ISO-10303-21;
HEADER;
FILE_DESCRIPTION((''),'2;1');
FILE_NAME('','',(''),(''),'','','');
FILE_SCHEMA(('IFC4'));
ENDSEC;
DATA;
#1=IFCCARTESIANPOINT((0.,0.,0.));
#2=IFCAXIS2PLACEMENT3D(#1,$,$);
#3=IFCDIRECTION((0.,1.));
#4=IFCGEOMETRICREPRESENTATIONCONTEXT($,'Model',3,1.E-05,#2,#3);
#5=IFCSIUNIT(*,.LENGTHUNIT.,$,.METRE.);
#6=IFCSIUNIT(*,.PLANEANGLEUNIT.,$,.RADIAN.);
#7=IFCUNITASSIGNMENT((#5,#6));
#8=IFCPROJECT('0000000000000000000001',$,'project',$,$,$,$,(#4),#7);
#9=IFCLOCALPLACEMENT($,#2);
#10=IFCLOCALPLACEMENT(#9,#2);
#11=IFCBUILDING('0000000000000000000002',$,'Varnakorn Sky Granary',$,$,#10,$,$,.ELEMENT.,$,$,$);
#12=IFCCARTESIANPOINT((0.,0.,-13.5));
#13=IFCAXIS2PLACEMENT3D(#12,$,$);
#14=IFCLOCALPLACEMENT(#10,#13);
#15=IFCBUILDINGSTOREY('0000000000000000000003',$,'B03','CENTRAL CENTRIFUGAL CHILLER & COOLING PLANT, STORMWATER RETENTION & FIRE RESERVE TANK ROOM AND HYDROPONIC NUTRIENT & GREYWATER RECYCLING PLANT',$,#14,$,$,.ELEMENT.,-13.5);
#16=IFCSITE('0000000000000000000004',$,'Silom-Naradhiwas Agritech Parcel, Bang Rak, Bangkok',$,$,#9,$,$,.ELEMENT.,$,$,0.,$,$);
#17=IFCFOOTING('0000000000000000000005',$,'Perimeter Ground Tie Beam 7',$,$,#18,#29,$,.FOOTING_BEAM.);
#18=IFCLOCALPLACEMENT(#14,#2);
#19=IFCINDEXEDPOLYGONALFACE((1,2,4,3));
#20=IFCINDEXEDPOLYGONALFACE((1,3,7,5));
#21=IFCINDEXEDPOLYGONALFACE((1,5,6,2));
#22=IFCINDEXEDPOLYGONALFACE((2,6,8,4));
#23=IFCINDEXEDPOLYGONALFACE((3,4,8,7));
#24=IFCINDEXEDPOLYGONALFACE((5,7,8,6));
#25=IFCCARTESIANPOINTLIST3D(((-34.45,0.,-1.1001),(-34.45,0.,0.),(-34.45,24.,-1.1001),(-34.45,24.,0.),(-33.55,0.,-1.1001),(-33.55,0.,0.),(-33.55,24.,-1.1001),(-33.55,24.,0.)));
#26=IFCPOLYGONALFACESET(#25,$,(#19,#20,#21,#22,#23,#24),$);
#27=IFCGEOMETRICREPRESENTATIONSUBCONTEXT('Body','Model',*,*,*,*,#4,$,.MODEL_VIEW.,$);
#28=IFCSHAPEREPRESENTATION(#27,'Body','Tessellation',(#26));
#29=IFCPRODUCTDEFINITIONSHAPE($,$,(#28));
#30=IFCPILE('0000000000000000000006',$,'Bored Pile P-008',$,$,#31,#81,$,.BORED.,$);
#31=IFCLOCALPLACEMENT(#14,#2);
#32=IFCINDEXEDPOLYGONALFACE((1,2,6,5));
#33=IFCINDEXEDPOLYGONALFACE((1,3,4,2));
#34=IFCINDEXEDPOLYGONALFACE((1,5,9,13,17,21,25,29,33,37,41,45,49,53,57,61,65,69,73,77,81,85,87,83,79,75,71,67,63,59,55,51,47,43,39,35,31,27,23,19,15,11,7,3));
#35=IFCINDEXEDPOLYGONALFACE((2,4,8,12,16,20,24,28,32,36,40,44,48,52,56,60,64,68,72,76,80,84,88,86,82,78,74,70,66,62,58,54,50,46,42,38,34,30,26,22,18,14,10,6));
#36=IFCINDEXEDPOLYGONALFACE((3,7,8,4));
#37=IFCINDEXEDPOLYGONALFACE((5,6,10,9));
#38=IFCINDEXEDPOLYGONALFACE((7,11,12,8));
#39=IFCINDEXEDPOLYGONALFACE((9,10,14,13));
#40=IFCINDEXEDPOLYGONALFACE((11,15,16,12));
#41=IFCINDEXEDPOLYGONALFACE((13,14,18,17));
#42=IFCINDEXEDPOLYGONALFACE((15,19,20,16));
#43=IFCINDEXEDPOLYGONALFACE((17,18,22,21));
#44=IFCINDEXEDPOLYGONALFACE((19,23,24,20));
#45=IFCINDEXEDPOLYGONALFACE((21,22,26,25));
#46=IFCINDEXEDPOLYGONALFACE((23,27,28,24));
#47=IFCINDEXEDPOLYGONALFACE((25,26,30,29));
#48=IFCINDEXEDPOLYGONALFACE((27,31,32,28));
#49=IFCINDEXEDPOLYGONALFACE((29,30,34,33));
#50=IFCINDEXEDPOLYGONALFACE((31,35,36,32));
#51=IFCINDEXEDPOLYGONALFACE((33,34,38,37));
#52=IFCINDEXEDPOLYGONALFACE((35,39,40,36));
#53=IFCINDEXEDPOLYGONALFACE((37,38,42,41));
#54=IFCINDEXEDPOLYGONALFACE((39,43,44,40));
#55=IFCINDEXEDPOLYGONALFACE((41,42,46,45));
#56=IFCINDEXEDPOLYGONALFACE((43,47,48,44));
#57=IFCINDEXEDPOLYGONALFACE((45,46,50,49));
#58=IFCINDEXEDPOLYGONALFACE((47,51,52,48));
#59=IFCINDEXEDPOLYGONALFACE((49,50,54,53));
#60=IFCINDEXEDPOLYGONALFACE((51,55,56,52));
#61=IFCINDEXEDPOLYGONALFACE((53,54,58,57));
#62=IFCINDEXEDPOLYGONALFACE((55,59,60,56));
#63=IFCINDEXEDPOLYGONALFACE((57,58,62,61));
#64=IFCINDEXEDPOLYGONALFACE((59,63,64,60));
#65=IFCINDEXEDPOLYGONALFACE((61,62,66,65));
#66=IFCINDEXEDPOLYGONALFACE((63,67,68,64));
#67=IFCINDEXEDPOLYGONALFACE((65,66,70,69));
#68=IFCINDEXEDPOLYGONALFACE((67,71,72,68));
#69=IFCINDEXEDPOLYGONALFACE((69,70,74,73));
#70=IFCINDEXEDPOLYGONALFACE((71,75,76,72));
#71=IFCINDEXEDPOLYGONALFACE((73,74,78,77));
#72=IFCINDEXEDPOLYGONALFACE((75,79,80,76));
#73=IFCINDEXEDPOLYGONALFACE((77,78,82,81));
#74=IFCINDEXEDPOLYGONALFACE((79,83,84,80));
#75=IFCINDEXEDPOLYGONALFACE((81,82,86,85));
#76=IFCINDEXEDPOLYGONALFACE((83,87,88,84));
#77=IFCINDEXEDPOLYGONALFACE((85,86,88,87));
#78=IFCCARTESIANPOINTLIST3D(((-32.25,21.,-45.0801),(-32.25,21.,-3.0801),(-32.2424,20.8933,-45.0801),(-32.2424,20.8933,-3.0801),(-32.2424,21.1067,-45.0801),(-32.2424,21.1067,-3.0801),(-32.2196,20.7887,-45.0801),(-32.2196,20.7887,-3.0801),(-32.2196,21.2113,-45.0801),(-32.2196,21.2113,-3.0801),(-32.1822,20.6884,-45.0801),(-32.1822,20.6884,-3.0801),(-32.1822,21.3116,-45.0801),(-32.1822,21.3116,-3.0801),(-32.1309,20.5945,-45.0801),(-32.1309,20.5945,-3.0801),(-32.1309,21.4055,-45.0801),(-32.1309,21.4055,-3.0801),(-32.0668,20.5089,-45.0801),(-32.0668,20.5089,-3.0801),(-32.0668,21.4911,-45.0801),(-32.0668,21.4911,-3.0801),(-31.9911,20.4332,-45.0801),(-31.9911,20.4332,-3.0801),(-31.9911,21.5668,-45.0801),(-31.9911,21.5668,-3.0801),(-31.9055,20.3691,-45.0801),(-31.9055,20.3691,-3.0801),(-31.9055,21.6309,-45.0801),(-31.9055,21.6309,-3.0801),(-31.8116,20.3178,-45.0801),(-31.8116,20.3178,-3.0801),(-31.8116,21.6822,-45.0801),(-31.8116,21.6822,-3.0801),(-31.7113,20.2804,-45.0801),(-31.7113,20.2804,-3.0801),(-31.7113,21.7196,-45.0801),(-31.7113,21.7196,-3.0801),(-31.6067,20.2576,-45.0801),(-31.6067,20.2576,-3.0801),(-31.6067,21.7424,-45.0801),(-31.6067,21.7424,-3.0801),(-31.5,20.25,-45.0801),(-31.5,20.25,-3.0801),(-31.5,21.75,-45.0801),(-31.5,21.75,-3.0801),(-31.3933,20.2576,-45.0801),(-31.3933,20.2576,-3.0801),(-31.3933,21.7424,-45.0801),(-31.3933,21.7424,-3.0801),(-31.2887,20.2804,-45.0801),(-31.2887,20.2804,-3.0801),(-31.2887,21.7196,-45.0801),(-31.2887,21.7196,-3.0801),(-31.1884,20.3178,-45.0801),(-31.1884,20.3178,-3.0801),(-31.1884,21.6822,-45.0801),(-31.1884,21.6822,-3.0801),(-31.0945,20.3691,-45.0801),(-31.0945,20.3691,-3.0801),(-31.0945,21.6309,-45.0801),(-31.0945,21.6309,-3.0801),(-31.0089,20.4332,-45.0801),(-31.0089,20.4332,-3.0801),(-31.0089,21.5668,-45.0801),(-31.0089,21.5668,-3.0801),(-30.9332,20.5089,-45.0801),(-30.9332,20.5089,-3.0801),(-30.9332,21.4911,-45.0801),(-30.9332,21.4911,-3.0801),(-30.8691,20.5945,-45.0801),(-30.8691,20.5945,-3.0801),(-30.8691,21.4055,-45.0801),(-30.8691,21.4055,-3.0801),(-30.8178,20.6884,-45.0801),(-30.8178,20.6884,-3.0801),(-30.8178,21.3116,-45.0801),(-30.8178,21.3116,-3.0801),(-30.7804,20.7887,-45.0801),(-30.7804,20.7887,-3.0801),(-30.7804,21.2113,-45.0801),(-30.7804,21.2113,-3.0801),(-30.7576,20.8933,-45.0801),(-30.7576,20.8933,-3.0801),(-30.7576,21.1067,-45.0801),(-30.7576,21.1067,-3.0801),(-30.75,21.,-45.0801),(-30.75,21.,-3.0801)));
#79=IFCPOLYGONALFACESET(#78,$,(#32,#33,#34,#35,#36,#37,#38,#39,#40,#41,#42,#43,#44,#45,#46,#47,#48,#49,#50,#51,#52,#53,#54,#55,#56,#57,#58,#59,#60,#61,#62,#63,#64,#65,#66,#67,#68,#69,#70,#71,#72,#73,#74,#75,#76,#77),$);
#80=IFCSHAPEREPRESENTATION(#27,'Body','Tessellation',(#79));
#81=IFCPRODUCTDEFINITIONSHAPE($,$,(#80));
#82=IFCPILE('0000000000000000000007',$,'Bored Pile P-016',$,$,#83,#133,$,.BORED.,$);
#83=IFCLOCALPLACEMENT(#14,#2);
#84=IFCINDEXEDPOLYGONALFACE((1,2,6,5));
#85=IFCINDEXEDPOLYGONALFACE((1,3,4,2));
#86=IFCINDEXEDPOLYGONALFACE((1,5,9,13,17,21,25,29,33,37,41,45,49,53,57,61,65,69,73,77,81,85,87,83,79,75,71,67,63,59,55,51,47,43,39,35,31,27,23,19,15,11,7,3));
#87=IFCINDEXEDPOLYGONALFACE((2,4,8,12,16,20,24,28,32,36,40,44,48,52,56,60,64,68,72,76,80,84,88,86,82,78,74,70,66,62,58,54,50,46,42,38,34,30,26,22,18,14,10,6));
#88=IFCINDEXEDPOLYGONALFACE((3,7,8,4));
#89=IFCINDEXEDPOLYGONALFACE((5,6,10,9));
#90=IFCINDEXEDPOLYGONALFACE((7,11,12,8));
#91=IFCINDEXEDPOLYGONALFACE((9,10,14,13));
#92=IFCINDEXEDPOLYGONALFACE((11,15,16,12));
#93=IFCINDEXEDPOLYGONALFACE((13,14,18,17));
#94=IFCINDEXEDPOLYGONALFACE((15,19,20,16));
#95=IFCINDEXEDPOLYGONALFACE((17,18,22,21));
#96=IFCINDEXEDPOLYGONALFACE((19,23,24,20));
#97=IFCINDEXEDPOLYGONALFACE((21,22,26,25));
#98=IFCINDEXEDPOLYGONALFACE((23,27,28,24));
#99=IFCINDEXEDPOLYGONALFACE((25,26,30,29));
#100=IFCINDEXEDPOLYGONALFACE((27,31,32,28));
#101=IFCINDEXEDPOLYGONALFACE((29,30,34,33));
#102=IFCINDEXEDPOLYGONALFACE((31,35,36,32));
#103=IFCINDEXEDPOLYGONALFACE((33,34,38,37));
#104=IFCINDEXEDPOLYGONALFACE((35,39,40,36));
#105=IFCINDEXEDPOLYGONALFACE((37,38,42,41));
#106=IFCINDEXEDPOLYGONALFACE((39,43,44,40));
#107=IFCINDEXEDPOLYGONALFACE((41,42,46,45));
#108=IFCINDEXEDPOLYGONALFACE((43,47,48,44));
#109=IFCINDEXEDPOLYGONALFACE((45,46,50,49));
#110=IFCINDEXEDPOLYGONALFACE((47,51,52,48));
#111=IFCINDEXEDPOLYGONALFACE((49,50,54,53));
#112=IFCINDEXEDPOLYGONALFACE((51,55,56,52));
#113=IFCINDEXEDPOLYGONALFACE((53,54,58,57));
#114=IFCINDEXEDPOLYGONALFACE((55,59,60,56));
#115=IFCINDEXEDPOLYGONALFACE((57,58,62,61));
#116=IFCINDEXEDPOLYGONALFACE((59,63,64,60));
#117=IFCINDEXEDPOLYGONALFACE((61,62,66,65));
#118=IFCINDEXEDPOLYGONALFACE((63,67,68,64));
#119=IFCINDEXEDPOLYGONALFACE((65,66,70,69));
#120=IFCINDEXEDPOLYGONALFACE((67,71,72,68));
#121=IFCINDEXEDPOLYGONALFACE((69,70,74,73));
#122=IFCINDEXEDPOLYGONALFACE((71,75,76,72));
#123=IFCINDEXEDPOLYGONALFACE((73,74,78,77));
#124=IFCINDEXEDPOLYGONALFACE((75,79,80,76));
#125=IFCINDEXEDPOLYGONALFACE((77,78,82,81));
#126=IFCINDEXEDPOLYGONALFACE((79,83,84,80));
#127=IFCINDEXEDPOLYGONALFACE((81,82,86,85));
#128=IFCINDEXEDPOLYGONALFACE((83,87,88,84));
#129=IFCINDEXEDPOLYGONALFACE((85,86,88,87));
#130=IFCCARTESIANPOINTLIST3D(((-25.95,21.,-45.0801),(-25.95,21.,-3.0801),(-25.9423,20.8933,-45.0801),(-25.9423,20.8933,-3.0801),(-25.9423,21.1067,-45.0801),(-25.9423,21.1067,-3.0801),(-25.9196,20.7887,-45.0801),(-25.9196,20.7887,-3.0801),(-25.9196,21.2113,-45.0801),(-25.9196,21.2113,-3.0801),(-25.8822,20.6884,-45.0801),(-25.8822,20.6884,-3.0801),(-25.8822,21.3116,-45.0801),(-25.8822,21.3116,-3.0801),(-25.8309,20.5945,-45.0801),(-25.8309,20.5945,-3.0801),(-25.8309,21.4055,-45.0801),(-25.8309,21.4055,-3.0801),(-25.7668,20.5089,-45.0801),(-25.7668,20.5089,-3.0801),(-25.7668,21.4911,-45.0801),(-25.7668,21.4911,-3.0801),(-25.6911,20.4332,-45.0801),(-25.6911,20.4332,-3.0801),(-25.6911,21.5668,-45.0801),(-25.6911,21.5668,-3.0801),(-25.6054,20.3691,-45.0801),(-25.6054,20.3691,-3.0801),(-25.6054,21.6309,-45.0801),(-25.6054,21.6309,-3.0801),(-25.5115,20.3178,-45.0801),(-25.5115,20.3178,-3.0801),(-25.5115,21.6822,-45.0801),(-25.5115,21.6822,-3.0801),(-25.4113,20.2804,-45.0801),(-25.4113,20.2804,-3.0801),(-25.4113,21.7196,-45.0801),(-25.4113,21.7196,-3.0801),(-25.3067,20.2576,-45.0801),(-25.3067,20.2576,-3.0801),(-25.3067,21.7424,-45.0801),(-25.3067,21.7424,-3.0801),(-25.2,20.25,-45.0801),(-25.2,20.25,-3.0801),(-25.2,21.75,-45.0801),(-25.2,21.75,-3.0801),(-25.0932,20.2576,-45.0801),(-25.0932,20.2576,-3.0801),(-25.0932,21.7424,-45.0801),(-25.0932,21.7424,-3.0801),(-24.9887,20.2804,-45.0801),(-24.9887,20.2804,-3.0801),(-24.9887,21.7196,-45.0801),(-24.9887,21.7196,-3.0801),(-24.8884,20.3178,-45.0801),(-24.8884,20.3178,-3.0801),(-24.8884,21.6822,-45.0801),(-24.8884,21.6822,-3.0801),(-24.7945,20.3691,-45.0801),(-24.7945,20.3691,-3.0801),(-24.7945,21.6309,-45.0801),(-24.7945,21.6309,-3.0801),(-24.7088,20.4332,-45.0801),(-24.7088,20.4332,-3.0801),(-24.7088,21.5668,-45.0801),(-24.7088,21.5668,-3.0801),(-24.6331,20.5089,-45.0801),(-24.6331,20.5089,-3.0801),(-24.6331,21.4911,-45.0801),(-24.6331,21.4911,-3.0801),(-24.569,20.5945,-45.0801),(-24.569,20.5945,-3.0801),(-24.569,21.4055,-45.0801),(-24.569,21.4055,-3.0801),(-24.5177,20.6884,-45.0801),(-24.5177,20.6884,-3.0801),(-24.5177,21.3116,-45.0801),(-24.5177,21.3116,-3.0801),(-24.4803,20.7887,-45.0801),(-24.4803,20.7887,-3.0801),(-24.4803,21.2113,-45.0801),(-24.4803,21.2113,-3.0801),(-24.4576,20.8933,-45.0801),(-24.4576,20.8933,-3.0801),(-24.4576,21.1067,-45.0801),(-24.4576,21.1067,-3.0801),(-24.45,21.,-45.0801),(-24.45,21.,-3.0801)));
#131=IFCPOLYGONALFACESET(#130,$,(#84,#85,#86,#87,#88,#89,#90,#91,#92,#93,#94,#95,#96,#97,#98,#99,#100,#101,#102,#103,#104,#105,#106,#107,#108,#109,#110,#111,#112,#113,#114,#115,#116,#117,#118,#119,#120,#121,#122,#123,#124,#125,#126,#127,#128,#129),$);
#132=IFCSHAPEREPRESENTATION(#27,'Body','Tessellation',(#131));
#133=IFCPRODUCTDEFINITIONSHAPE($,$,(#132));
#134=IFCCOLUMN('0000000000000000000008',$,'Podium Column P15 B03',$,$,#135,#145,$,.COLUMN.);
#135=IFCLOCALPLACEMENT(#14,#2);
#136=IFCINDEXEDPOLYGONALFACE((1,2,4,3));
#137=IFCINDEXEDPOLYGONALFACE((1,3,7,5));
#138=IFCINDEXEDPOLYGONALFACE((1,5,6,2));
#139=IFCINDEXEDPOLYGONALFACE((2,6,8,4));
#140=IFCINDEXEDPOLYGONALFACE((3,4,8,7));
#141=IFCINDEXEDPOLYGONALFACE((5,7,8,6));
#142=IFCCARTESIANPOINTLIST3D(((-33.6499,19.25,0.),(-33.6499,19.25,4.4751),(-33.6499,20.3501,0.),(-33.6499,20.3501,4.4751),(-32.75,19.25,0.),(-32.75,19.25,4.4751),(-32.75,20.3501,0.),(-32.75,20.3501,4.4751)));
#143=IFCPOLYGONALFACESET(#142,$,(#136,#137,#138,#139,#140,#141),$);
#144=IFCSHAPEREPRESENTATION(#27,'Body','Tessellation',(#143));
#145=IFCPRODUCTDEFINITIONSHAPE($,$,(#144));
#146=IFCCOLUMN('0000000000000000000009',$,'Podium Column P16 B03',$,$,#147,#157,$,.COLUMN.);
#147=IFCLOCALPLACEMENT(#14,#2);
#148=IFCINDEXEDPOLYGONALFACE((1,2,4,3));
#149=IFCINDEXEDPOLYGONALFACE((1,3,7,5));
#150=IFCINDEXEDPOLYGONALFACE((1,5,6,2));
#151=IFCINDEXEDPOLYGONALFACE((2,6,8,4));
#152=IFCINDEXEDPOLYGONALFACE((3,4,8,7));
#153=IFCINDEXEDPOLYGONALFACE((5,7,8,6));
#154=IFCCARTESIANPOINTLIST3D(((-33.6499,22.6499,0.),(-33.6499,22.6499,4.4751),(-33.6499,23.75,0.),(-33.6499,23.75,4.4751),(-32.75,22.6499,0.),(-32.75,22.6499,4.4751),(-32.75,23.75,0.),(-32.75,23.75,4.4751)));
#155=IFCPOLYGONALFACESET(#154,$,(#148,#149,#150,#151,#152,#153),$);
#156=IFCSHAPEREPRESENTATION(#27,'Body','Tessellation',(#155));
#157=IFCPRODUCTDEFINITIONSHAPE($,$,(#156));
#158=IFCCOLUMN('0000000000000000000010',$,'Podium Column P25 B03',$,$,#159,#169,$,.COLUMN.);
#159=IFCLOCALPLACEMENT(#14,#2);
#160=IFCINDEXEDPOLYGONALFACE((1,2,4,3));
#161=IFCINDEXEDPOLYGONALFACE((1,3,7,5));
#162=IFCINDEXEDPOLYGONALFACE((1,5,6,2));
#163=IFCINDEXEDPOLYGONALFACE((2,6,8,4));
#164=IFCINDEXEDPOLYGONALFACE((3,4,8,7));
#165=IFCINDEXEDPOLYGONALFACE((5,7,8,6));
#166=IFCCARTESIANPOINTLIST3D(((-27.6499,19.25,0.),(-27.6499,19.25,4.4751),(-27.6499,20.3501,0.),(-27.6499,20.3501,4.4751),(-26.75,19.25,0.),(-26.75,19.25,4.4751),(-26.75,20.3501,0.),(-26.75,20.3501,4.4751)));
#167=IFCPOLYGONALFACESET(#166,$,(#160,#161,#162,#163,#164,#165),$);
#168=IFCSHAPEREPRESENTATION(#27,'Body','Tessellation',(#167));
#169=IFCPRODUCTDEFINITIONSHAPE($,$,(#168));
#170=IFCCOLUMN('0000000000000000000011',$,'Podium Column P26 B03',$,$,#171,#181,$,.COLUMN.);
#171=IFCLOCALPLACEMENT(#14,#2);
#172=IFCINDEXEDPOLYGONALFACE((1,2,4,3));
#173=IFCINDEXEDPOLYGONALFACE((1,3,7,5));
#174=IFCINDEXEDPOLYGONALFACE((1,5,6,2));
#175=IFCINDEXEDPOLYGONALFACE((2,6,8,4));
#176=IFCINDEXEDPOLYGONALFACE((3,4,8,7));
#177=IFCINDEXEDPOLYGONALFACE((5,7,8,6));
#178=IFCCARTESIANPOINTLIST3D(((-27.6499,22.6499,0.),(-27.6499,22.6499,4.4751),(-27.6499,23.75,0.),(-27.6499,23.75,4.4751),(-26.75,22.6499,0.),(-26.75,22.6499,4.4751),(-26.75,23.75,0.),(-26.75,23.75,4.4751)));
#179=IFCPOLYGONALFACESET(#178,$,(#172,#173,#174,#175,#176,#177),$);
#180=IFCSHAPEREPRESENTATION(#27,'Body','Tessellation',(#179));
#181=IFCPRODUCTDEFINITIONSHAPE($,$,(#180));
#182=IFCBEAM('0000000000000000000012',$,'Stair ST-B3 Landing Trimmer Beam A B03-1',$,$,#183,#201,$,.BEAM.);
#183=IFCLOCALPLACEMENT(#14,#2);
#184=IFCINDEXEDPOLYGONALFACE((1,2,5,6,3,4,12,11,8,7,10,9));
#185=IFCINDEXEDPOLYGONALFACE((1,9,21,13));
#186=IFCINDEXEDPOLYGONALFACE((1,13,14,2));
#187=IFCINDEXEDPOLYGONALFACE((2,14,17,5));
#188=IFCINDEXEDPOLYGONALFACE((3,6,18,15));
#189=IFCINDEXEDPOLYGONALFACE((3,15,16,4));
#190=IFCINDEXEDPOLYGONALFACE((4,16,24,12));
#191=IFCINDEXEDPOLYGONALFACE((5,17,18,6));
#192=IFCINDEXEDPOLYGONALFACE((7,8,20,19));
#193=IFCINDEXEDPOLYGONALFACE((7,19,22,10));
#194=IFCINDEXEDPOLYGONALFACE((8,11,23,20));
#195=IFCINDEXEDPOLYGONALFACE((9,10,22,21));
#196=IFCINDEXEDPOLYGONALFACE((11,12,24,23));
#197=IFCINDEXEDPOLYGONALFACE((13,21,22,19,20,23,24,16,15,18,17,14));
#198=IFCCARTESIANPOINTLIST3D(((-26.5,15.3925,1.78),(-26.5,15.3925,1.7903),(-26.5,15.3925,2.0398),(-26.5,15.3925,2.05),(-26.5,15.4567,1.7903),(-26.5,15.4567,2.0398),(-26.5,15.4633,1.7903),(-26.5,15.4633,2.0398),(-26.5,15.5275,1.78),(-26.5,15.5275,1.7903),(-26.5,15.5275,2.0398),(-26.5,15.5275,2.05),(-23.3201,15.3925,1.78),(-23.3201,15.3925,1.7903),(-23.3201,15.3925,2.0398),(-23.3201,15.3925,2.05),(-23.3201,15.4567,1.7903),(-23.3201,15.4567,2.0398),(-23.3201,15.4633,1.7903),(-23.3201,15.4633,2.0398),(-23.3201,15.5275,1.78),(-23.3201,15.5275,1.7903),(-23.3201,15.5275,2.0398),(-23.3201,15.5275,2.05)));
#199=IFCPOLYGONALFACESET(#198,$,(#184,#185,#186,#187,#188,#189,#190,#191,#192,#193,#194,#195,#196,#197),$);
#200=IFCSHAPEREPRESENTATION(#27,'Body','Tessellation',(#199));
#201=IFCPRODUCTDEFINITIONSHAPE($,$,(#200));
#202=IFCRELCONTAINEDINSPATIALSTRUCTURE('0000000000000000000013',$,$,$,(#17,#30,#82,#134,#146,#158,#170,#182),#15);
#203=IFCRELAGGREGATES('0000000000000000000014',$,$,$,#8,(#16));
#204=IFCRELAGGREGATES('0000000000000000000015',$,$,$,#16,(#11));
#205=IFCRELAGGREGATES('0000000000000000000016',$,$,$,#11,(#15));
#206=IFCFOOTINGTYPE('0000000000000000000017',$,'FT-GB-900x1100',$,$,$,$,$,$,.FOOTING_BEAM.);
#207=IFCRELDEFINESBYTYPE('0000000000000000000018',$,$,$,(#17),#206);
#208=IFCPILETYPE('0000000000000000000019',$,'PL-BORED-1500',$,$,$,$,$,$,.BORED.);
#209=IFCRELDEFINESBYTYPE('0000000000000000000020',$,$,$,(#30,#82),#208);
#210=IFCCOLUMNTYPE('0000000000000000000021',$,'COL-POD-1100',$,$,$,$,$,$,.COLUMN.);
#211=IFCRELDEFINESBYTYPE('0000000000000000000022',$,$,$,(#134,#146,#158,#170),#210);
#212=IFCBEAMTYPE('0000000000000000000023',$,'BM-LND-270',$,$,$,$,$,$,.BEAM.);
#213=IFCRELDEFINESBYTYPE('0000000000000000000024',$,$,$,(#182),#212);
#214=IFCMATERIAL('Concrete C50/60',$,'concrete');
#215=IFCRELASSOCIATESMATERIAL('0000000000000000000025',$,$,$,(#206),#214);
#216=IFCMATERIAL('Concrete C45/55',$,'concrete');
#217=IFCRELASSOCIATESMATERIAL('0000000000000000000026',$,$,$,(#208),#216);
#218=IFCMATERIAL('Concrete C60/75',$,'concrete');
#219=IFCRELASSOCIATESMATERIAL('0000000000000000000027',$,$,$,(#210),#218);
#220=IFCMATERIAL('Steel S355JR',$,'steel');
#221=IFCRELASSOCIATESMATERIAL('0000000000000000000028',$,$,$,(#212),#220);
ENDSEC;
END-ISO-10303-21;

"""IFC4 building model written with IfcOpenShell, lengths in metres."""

from ifc_helpers import new_model, si_unit, direction, frame, origin, origin_2d, place, context, subcontext, project, spatial, rectangle, circle, i_section, extrude, material, material_profile, profile_set, type_object, element, save


model = new_model("IFC4")

# Units and contexts
model_context = context("Model", 3, precision=1e-05, world=origin(), true_north=direction((0.0, 1.0)))
body_context = subcontext(model_context, "Body", "Model", "MODEL_VIEW")
ifc_project = project(units=[si_unit("LENGTHUNIT", "METRE"), si_unit("PLANEANGLEUNIT", "RADIAN")], contexts=[model_context])

# Site, building, storey
site_placement = place(None, origin())
site = spatial("IfcSite", under=ifc_project, at=site_placement, Name="Silom-Naradhiwas Agritech Parcel, Bang Rak, Bangkok", CompositionType="ELEMENT", RefElevation=0.0)
building_placement = place(site_placement, origin())
building = spatial("IfcBuilding", under=site, at=building_placement, Name="Varnakorn Sky Granary", CompositionType="ELEMENT")
storey_placement = place(building_placement, frame((0.0, 0.0, -13.5)))
storey = spatial("IfcBuildingStorey", under=building, at=storey_placement, Name="B03", Description="CENTRAL CENTRIFUGAL CHILLER & COOLING PLANT, STORMWATER RETENTION & FIRE RESERVE TANK ROOM AND HYDROPONIC NUTRIENT & GREYWATER RECYCLING PLANT", CompositionType="ELEMENT", Elevation=-13.5)

# Footing
ifc_material_1 = material(Name="Concrete C50/60", Category="concrete")
ifc_material_profile_1 = material_profile(ifc_material_1, rectangle(XDim=0.8999, YDim=1.1001, at=origin_2d()), Name="RC 900x1100")
ifc_profile_set_1 = profile_set([ifc_material_profile_1], Name="Concrete C50/60")
footing_type = type_object("IfcFootingType", Name="FT-GB-900x1100", PredefinedType="FOOTING_BEAM", material=ifc_profile_set_1)
footing_placement = place(storey_placement, frame((-34.0, 24.0, -0.55), z_axis=(0.0, -1.0, 0.0), x_axis=(1.0, 0.0, 0.0)))
element("IfcFooting", 1, at=footing_placement, inside=storey, type_object=footing_type, Name="Perimeter Ground Tie Beam 7", PredefinedType="FOOTING_BEAM", context=body_context, shape_type="SweptSolid", body=[
    extrude(rectangle(XDim=0.8999, YDim=1.1001, at=origin_2d()), origin(), (0.0, 0.0, 1.0), 24.0),
])

# Piles
ifc_material_2 = material(Name="Concrete C45/55", Category="concrete")
ifc_material_profile_2 = material_profile(ifc_material_2, circle(Radius=0.75, at=origin_2d()), Name="PILE D1500")
ifc_profile_set_2 = profile_set([ifc_material_profile_2], Name="Concrete C45/55")
pile_type = type_object("IfcPileType", Name="PL-BORED-1500", PredefinedType="BORED", material=ifc_profile_set_2)
for number, where, z_axis, x_axis, name in (
    (2, (-31.5, 21.0, -3.0801), (0.0, 0.0, -1.0), (1.0, 0.0, 0.0), "Bored Pile P-008"),
    (3, (-25.2, 21.0, -3.0801), (0.0, 0.0, -1.0), (1.0, 0.0, 0.0), "Bored Pile P-016"),
):
    element("IfcPile", number, at=place(storey_placement, frame(where, z_axis=z_axis, x_axis=x_axis)), inside=storey, type_object=pile_type, Name=name, PredefinedType="BORED", context=body_context, shape_type="SweptSolid", body=[
        extrude(circle(Radius=0.75, at=origin_2d()), origin(), (0.0, 0.0, 1.0), 42.0),
    ])

# Columns
ifc_material_3 = material(Name="Concrete C60/75", Category="concrete")
ifc_material_profile_3 = material_profile(ifc_material_3, rectangle(XDim=0.8999, YDim=1.1001, at=origin_2d()), Name="RC 900x1100")
ifc_profile_set_3 = profile_set([ifc_material_profile_3], Name="Concrete C60/75")
column_type = type_object("IfcColumnType", Name="COL-POD-1100", PredefinedType="COLUMN", material=ifc_profile_set_3)
for number, where, z_axis, x_axis, name in (
    (4, (-33.2, 19.8, 0.0), (0.0, 0.0, 1.0), (1.0, 0.0, 0.0), "Podium Column P15 B03"),
    (5, (-33.2, 23.2, 0.0), (0.0, 0.0, 1.0), (1.0, 0.0, 0.0), "Podium Column P16 B03"),
    (6, (-27.2, 19.8, 0.0), (0.0, 0.0, 1.0), (1.0, 0.0, 0.0), "Podium Column P25 B03"),
    (7, (-27.2, 23.2, 0.0), (0.0, 0.0, 1.0), (1.0, 0.0, 0.0), "Podium Column P26 B03"),
):
    element("IfcColumn", number, at=place(storey_placement, frame(where, z_axis=z_axis, x_axis=x_axis)), inside=storey, type_object=column_type, Name=name, PredefinedType="COLUMN", context=body_context, shape_type="SweptSolid", body=[
        extrude(rectangle(XDim=0.8999, YDim=1.1001, at=origin_2d()), origin(), (0.0, 0.0, 1.0), 4.4751),
    ])

# Beam
ifc_material_4 = material(Name="Steel S355JR", Category="steel")
ifc_material_profile_4 = material_profile(ifc_material_4, i_section(OverallWidth=0.135, OverallDepth=0.27, WebThickness=0.0066, FlangeThickness=0.0103, at=origin_2d()), Name="IPE 270")
ifc_profile_set_4 = profile_set([ifc_material_profile_4], Name="Steel S355JR")
beam_type_1 = type_object("IfcBeamType", Name="BM-LND-270", PredefinedType="BEAM", material=ifc_profile_set_4)
for number, where, z_axis, x_axis, name in (
    (8, (-26.5, 15.46, 1.915), (1.0, 0.0, 0.0), (0.0, 1.0, 0.0), "Stair ST-B3 Landing Trimmer Beam A B03-1"),
):
    element("IfcBeam", number, at=place(storey_placement, frame(where, z_axis=z_axis, x_axis=x_axis)), inside=storey, type_object=beam_type_1, Name=name, PredefinedType="BEAM", context=body_context, shape_type="SweptSolid", body=[
        extrude(i_section(OverallWidth=0.135, OverallDepth=0.27, WebThickness=0.0066, FlangeThickness=0.0103, at=origin_2d()), origin(), (0.0, 0.0, 1.0), 3.1799),
    ])

save(model, "model.ifc")
